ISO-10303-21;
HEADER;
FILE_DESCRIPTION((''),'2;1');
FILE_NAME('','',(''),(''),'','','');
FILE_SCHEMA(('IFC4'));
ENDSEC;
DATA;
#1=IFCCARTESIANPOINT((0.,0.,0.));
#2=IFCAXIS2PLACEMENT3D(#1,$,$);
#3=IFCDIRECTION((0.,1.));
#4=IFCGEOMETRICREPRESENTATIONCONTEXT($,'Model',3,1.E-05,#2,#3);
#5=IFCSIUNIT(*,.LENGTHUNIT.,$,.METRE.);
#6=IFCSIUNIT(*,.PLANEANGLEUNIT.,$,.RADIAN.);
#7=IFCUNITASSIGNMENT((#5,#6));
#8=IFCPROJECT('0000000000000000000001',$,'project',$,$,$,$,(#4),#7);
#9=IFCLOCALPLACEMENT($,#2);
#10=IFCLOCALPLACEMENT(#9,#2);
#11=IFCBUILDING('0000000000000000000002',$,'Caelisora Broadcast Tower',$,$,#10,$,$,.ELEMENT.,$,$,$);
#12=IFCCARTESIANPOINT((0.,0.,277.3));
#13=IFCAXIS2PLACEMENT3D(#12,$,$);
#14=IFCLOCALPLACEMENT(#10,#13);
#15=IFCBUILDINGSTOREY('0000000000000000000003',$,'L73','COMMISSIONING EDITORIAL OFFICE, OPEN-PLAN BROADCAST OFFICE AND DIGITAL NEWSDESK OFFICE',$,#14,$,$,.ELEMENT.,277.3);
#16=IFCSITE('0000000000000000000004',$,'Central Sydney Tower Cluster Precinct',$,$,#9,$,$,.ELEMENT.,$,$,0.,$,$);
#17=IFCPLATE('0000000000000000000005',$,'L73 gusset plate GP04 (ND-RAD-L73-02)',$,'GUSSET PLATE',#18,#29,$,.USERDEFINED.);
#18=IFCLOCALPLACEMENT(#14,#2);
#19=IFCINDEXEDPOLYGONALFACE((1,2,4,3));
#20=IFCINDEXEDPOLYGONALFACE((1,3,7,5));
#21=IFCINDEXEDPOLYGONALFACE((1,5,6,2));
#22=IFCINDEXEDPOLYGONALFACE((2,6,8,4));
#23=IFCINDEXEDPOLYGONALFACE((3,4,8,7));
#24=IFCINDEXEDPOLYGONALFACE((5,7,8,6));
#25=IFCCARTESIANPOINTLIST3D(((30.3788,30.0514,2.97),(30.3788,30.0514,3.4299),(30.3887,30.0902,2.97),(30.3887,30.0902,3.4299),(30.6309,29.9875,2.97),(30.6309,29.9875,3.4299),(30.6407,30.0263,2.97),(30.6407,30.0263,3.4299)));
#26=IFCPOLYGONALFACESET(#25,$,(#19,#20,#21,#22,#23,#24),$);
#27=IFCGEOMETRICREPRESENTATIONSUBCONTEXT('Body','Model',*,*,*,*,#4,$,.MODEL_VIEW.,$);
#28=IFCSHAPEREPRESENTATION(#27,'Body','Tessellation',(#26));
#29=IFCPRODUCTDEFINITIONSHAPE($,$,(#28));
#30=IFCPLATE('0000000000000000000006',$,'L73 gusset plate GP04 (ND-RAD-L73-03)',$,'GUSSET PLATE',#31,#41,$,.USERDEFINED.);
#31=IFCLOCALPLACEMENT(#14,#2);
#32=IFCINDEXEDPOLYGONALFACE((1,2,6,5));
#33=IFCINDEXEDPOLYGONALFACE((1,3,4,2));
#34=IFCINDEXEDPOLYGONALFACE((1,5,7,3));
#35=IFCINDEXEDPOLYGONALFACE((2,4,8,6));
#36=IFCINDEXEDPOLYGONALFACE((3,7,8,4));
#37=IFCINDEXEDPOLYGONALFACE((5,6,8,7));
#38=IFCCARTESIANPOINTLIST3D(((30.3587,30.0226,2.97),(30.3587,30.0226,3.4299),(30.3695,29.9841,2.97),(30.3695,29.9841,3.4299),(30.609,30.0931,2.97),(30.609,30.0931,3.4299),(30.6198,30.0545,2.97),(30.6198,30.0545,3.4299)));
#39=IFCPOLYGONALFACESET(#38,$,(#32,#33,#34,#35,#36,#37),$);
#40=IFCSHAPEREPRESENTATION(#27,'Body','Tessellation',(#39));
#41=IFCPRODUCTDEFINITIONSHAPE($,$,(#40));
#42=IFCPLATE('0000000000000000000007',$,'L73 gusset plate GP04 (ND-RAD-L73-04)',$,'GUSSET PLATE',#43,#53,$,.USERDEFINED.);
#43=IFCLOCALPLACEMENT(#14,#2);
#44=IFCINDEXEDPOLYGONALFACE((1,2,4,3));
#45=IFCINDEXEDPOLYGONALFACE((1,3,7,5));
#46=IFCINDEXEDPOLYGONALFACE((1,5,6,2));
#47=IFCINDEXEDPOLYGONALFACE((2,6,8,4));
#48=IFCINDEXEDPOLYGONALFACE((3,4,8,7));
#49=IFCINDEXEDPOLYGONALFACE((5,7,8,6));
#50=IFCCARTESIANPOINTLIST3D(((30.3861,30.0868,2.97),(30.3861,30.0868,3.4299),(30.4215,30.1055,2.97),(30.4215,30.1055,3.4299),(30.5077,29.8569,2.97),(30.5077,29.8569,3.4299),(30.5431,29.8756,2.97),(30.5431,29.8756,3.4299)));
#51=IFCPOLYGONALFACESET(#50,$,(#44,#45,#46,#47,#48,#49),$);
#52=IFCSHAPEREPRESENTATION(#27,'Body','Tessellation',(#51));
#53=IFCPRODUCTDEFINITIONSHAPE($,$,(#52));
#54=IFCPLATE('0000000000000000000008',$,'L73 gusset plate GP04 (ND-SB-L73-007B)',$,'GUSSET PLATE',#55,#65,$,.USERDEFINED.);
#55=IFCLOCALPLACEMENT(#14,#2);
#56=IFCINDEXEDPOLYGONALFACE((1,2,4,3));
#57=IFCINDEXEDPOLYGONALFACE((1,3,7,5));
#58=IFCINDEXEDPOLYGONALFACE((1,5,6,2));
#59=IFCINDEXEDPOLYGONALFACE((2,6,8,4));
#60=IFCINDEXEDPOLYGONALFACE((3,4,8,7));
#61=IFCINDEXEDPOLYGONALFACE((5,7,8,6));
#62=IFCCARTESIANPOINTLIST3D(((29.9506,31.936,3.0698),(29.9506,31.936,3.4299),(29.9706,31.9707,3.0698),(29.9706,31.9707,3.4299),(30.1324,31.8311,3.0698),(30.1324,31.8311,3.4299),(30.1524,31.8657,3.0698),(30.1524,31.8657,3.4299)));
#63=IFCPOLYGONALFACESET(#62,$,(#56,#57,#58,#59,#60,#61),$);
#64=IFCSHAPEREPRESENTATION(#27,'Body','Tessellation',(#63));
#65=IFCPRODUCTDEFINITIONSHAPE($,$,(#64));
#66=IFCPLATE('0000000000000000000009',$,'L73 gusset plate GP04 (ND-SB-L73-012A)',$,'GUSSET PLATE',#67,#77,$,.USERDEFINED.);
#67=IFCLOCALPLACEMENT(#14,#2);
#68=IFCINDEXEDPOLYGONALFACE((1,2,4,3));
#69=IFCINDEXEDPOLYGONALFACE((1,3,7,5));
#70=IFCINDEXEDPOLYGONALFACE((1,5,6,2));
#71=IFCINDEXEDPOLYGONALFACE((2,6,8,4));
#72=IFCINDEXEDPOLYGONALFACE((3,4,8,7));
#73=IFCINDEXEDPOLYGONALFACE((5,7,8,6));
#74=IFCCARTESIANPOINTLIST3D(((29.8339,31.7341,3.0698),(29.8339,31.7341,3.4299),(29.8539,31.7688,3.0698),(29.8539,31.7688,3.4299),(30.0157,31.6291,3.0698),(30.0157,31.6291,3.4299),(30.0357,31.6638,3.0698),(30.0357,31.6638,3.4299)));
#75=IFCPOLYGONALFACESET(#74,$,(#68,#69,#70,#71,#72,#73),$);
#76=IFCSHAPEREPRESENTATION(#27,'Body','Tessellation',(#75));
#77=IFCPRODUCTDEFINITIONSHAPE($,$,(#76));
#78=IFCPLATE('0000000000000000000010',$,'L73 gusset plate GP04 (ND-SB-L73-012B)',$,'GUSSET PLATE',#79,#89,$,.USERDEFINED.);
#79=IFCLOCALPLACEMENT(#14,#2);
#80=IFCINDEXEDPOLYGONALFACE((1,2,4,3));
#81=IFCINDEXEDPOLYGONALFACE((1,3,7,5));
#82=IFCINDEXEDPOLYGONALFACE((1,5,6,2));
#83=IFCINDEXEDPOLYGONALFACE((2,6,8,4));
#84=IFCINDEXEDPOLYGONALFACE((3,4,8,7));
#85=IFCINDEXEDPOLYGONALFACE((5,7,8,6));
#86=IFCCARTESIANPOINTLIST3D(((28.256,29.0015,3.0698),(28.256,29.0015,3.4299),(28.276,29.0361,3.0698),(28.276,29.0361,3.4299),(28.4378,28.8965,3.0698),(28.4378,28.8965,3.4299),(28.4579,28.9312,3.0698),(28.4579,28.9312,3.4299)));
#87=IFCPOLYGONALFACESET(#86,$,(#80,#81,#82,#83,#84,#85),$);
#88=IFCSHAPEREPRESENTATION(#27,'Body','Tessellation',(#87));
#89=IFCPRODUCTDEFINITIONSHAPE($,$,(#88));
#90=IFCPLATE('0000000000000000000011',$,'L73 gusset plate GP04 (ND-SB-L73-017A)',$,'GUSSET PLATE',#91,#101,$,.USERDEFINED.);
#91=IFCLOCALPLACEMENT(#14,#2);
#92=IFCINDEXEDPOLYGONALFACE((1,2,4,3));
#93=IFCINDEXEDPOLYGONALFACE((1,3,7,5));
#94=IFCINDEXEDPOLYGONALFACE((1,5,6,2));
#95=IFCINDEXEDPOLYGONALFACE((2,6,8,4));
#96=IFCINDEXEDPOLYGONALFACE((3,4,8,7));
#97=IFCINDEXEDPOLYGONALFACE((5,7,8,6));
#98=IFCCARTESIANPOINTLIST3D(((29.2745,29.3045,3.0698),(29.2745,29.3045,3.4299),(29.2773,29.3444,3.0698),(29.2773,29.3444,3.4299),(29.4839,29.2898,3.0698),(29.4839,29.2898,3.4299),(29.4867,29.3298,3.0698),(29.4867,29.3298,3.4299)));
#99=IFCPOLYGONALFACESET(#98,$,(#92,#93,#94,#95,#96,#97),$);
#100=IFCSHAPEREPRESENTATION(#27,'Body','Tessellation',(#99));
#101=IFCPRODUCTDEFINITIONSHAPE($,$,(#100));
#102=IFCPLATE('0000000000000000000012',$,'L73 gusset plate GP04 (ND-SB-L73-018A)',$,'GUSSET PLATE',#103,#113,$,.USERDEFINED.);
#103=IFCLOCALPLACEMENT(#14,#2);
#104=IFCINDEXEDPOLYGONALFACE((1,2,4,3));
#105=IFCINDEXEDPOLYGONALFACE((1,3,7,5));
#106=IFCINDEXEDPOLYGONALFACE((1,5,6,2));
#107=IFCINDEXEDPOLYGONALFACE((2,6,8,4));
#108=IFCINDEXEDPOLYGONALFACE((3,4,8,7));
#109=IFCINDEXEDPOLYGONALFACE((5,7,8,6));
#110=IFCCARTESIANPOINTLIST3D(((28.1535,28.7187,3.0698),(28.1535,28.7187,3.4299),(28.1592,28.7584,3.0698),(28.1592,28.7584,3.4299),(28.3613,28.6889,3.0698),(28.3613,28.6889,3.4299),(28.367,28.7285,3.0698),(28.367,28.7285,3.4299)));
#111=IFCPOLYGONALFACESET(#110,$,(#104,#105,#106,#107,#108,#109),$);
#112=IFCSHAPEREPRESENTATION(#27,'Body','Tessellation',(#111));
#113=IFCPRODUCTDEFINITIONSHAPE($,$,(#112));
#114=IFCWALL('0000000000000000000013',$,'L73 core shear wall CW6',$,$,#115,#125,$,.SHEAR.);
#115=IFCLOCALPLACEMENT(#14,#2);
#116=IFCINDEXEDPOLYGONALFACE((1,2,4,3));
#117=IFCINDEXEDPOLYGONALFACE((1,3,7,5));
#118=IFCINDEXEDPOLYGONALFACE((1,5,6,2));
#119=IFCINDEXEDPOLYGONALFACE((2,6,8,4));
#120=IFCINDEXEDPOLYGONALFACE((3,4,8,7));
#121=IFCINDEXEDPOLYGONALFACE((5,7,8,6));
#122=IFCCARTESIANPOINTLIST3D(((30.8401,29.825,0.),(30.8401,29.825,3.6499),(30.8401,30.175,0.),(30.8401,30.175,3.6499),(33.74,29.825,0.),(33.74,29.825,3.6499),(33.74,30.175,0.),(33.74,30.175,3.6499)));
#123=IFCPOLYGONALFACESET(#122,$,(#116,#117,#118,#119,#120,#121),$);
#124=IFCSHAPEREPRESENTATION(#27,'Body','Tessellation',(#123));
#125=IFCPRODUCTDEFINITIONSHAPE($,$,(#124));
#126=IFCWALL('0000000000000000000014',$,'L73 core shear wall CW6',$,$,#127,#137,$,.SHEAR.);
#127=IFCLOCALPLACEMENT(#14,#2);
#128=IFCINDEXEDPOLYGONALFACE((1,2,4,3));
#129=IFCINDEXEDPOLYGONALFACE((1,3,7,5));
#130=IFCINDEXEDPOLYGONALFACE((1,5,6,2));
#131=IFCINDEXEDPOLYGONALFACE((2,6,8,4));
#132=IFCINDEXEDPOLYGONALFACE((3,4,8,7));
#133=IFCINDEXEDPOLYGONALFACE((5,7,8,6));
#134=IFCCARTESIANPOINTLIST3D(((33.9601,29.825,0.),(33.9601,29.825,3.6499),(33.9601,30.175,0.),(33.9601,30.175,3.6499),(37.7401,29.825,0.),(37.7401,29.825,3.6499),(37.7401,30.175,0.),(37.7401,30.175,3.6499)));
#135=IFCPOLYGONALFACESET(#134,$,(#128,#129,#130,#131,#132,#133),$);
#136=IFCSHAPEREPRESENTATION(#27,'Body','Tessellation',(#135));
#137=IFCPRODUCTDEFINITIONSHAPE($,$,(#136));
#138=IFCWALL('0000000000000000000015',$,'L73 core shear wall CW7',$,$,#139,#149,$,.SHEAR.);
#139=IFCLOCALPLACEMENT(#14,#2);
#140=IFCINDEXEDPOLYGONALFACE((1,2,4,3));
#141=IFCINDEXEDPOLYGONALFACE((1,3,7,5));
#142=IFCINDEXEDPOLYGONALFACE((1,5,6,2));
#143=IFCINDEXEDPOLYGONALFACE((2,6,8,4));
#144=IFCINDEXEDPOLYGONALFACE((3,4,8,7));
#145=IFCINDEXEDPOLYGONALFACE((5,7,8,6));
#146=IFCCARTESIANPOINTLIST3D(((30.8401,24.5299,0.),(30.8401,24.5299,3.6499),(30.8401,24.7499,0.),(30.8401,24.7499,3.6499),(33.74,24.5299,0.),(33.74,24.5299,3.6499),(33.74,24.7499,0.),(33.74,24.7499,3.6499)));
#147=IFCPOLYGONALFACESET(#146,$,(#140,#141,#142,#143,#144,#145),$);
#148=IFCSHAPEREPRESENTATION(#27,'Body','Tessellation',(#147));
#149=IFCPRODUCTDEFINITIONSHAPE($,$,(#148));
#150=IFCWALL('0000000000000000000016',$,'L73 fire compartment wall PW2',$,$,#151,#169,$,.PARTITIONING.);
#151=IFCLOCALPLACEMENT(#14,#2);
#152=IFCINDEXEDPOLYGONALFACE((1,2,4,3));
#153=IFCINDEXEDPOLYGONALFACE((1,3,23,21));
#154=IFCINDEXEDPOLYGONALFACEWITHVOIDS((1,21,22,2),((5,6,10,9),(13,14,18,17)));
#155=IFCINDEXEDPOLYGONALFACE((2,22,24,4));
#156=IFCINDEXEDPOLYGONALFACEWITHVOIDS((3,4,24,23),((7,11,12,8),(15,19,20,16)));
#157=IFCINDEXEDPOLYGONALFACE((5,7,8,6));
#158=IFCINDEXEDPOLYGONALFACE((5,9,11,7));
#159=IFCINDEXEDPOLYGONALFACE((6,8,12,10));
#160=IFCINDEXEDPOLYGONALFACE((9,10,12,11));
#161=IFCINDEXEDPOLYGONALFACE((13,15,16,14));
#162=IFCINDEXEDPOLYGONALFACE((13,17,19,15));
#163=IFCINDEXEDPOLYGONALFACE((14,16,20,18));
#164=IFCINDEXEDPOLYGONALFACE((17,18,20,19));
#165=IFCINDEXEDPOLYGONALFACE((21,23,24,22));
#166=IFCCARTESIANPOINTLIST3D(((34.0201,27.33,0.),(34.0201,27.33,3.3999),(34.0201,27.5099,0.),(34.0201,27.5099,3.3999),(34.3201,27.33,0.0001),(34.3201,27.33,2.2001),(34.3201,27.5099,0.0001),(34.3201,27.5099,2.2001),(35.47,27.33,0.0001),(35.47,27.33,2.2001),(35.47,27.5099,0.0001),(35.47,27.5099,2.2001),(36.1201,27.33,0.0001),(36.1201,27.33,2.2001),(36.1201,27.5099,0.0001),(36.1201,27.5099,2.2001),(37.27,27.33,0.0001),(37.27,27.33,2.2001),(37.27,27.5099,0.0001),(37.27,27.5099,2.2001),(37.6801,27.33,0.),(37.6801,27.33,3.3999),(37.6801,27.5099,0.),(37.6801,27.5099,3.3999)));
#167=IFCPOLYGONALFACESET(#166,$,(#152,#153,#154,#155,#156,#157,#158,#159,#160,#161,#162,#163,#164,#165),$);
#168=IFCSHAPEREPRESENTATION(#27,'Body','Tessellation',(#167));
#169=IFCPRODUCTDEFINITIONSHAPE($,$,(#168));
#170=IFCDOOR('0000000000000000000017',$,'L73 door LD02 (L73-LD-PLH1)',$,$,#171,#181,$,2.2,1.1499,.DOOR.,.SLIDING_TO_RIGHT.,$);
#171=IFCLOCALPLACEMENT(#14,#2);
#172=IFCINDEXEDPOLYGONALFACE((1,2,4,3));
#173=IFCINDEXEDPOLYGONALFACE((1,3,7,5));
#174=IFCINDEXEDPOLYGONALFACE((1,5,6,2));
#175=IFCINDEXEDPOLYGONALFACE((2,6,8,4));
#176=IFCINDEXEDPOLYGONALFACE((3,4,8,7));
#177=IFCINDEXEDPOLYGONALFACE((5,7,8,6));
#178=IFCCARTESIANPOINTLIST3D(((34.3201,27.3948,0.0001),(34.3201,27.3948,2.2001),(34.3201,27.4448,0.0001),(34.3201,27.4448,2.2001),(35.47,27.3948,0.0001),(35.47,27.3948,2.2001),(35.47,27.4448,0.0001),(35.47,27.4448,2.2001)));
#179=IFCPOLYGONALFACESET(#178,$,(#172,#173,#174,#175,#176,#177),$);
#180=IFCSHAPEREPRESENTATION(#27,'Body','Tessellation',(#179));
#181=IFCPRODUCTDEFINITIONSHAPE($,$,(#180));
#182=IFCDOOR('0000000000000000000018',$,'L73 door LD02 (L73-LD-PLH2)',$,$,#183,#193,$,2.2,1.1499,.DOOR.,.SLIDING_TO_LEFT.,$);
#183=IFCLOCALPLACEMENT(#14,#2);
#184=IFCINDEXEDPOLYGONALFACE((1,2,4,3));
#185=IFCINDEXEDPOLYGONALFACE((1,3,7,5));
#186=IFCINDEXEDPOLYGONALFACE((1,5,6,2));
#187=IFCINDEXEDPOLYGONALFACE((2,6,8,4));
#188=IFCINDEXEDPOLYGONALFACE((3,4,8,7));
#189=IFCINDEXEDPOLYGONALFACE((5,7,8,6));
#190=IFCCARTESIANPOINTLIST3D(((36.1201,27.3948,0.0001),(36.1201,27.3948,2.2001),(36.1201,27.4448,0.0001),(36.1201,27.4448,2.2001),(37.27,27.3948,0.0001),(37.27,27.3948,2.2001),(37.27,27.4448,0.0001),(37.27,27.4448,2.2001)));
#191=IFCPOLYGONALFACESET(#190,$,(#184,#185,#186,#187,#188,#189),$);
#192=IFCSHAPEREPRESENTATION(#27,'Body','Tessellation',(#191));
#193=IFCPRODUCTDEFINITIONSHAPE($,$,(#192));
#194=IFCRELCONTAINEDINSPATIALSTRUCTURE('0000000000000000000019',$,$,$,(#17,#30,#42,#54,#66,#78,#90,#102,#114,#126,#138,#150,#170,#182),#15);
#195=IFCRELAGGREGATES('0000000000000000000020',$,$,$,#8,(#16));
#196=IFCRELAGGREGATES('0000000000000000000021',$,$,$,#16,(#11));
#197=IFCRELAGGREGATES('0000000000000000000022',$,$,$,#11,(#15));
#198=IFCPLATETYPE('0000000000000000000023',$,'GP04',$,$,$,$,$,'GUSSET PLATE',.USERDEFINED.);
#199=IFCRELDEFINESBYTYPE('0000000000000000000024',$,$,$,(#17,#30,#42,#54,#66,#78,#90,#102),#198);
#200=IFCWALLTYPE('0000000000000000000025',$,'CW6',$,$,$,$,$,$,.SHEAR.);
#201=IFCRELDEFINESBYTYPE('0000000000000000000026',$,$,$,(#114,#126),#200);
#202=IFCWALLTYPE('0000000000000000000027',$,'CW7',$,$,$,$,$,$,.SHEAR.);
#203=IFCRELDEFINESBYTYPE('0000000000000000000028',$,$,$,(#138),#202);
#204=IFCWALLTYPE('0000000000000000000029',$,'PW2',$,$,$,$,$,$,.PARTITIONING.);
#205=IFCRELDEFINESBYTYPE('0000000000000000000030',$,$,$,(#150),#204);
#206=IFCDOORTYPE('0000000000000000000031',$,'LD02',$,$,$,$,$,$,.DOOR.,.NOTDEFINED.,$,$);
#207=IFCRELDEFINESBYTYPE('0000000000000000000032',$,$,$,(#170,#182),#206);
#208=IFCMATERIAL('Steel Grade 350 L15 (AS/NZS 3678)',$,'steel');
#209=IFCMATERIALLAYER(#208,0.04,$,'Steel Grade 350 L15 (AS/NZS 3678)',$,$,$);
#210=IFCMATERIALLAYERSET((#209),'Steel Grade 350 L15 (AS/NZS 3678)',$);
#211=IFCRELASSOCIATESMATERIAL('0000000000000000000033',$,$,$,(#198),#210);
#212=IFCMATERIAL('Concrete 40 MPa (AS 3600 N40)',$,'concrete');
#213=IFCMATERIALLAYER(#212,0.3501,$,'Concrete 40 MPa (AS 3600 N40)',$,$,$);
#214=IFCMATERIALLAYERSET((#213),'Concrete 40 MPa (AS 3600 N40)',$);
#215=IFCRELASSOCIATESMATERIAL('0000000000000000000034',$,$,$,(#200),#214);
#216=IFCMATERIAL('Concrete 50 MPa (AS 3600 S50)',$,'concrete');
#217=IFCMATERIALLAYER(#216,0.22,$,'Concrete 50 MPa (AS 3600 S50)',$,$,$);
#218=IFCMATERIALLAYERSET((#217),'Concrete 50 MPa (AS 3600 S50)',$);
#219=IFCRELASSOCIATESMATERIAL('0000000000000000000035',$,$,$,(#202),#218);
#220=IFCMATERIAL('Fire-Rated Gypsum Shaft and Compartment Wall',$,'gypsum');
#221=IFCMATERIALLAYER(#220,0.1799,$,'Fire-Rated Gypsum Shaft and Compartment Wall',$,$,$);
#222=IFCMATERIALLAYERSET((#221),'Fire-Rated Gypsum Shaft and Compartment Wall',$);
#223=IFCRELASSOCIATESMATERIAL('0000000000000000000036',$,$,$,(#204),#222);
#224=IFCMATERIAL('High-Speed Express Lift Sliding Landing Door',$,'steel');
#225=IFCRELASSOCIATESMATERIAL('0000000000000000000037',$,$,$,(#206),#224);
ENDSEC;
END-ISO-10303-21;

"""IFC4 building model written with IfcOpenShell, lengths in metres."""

from ifc_helpers import new_model, si_unit, direction, frame, frame_2d, origin, origin_2d, place, context, subcontext, project, spatial, rectangle, extrude, source, transform, mapped, material, layer, layer_set, type_object, type_shapes, element, fill, save


model = new_model("IFC4")

# Units and contexts
model_context = context("Model", 3, precision=1e-05, world=origin(), true_north=direction((0.0, 1.0)))
body_context = subcontext(model_context, "Body", "Model", "MODEL_VIEW")
ifc_project = project(units=[si_unit("LENGTHUNIT", "METRE"), si_unit("PLANEANGLEUNIT", "RADIAN")], contexts=[model_context])

# Site, building, storey
site_placement = place(None, origin())
site = spatial("IfcSite", under=ifc_project, at=site_placement, Name="Central Sydney Tower Cluster Precinct", CompositionType="ELEMENT", RefElevation=0.0)
building_placement = place(site_placement, origin())
building = spatial("IfcBuilding", under=site, at=building_placement, Name="Caelisora Broadcast Tower", CompositionType="ELEMENT")
storey_placement = place(building_placement, frame((0.0, 0.0, 277.3)))
storey = spatial("IfcBuildingStorey", under=building, at=storey_placement, Name="L73", Description="COMMISSIONING EDITORIAL OFFICE, OPEN-PLAN BROADCAST OFFICE AND DIGITAL NEWSDESK OFFICE", CompositionType="ELEMENT", Elevation=277.3)

# Plates
ifc_material_1 = material(Name="Steel Grade 350 L15 (AS/NZS 3678)", Category="steel")
ifc_layer_1 = layer(ifc_material_1, 0.04, Name="Steel Grade 350 L15 (AS/NZS 3678)")
ifc_layer_set_1 = layer_set([ifc_layer_1], Name="Steel Grade 350 L15 (AS/NZS 3678)")
plate_type = type_object("IfcPlateType", Name="GP04", ElementType="GUSSET PLATE", PredefinedType="USERDEFINED", material=ifc_layer_set_1)
shared_shape_1 = source(origin(), body_context, "Body", "SweptSolid", [
    extrude(rectangle(XDim=0.26, YDim=0.04, at=origin_2d()), origin(), (0.0, 0.0, 1.0), 0.46),
])
for number, where, z_axis, x_axis, name in (
    (1, (30.5098, 30.0388, 2.97), (0.0, 0.0, 1.0), (-0.969317, 0.245815, 0.0), "L73 gusset plate GP04 (ND-RAD-L73-02)"),
    (2, (30.4893, 30.0386, 2.97), (0.0, 0.0, 1.0), (-0.96255, -0.271104, 0.0), "L73 gusset plate GP04 (ND-RAD-L73-03)"),
    (3, (30.4646, 29.9812, 2.97), (0.0, 0.0, 1.0), (0.467467, -0.884011, 0.0), "L73 gusset plate GP04 (ND-RAD-L73-04)"),
):
    element("IfcPlate", number, at=place(storey_placement, frame(where, z_axis=z_axis, x_axis=x_axis)), inside=storey, type_object=plate_type, Name=name, ObjectType="GUSSET PLATE", PredefinedType="USERDEFINED", context=body_context, shape_type="MappedRepresentation", body=[
        mapped(shared_shape_1, transform((0.0, 0.0, 0.0), scale=1.0)),
    ])
shared_shape_2 = source(origin(), body_context, "Body", "SweptSolid", [
    extrude(rectangle(XDim=0.21, YDim=0.04, at=origin_2d()), origin(), (0.0, 0.0, 1.0), 0.3601),
])
type_shapes(plate_type, [shared_shape_1, shared_shape_2])
for number, where, z_axis, x_axis, name in (
    (4, (30.0515, 31.9009, 3.0698), (0.0, 0.0, 1.0), (0.866025, -0.5, 0.0), "L73 gusset plate GP04 (ND-SB-L73-007B)"),
    (5, (29.9348, 31.699, 3.0698), (0.0, 0.0, 1.0), (0.866025, -0.5, 0.0), "L73 gusset plate GP04 (ND-SB-L73-012A)"),
    (6, (28.3569, 28.9663, 3.0698), (0.0, 0.0, 1.0), (0.866025, -0.5, 0.0), "L73 gusset plate GP04 (ND-SB-L73-012B)"),
    (7, (29.3806, 29.3171, 3.0698), (0.0, 0.0, 1.0), (0.997564, -0.069756, 0.0), "L73 gusset plate GP04 (ND-SB-L73-017A)"),
    (8, (28.2603, 28.7236, 3.0698), (0.0, 0.0, 1.0), (0.989851, -0.142111, 0.0), "L73 gusset plate GP04 (ND-SB-L73-018A)"),
):
    element("IfcPlate", number, at=place(storey_placement, frame(where, z_axis=z_axis, x_axis=x_axis)), inside=storey, type_object=plate_type, Name=name, ObjectType="GUSSET PLATE", PredefinedType="USERDEFINED", context=body_context, shape_type="MappedRepresentation", body=[
        mapped(shared_shape_2, transform((0.0, 0.0, 0.0), scale=1.0)),
    ])

# Walls
ifc_material_2 = material(Name="Concrete 40 MPa (AS 3600 N40)", Category="concrete")
ifc_layer_2 = layer(ifc_material_2, 0.3501, Name="Concrete 40 MPa (AS 3600 N40)")
ifc_layer_set_2 = layer_set([ifc_layer_2], Name="Concrete 40 MPa (AS 3600 N40)")
wall_type_1 = type_object("IfcWallType", Name="CW6", PredefinedType="SHEAR", material=ifc_layer_set_2)
wall_1_placement = place(storey_placement, frame((30.8401, 30.0, 0.0), z_axis=(0.0, 0.0, 1.0), x_axis=(1.0, 0.0, 0.0)))
element("IfcWall", 9, at=wall_1_placement, inside=storey, type_object=wall_type_1, Name="L73 core shear wall CW6", PredefinedType="SHEAR", context=body_context, shape_type="SweptSolid", body=[
    extrude(rectangle(XDim=2.8999, YDim=0.3501, at=frame_2d((1.45, 0.0))), origin(), (0.0, 0.0, 1.0), 3.6499),
])
wall_2_placement = place(storey_placement, frame((33.96, 30.0, 0.0), z_axis=(0.0, 0.0, 1.0), x_axis=(1.0, 0.0, 0.0)))
element("IfcWall", 10, at=wall_2_placement, inside=storey, type_object=wall_type_1, Name="L73 core shear wall CW6", PredefinedType="SHEAR", context=body_context, shape_type="SweptSolid", body=[
    extrude(rectangle(XDim=3.78, YDim=0.3501, at=frame_2d((1.8901, 0.0))), origin(), (0.0, 0.0, 1.0), 3.6499),
])
ifc_material_3 = material(Name="Concrete 50 MPa (AS 3600 S50)", Category="concrete")
ifc_layer_3 = layer(ifc_material_3, 0.22, Name="Concrete 50 MPa (AS 3600 S50)")
ifc_layer_set_3 = layer_set([ifc_layer_3], Name="Concrete 50 MPa (AS 3600 S50)")
wall_type_2 = type_object("IfcWallType", Name="CW7", PredefinedType="SHEAR", material=ifc_layer_set_3)
wall_3_placement = place(storey_placement, frame((30.8401, 24.6399, 0.0), z_axis=(0.0, 0.0, 1.0), x_axis=(1.0, 0.0, 0.0)))
element("IfcWall", 11, at=wall_3_placement, inside=storey, type_object=wall_type_2, Name="L73 core shear wall CW7", PredefinedType="SHEAR", context=body_context, shape_type="SweptSolid", body=[
    extrude(rectangle(XDim=2.8999, YDim=0.22, at=frame_2d((1.45, 0.0))), origin(), (0.0, 0.0, 1.0), 3.6499),
])

# Wall, openings, doors
ifc_material_4 = material(Name="Fire-Rated Gypsum Shaft and Compartment Wall", Category="gypsum")
ifc_layer_4 = layer(ifc_material_4, 0.1799, Name="Fire-Rated Gypsum Shaft and Compartment Wall")
ifc_layer_set_4 = layer_set([ifc_layer_4], Name="Fire-Rated Gypsum Shaft and Compartment Wall")
wall_type_3 = type_object("IfcWallType", Name="PW2", PredefinedType="PARTITIONING", material=ifc_layer_set_4)
wall_4_placement = place(storey_placement, frame((34.02, 27.4199, 0.0), z_axis=(0.0, 0.0, 1.0), x_axis=(1.0, 0.0, 0.0)))
wall_4 = element("IfcWall", 12, at=wall_4_placement, inside=storey, type_object=wall_type_3, Name="L73 fire compartment wall PW2", PredefinedType="PARTITIONING", context=body_context, shape_type="SweptSolid", body=[
    extrude(rectangle(XDim=3.6599, YDim=0.1799, at=frame_2d((1.8301, 0.0))), origin(), (0.0, 0.0, 1.0), 3.3999),
])
opening_1_placement = place(wall_4_placement, frame((0.3, 0.0, 0.0)))
opening_1 = element("IfcOpeningElement", 13, at=opening_1_placement, cuts=wall_4, PredefinedType="OPENING", context=body_context, shape_type="SweptSolid", body=[
    extrude(rectangle(XDim=1.1499, YDim=2.2, at=frame_2d((0.575, 1.1001))), frame((0.0, 0.1021, 0.0), z_axis=(0.0, -1.0, 0.0), x_axis=(1.0, 0.0, 0.0)), (0.0, 0.0, 1.0), 0.2039),
])
opening_2_placement = place(wall_4_placement, frame((2.1001, 0.0, 0.0)))
opening_2 = element("IfcOpeningElement", 14, at=opening_2_placement, cuts=wall_4, PredefinedType="OPENING", context=body_context, shape_type="SweptSolid", body=[
    extrude(rectangle(XDim=1.1499, YDim=2.2, at=frame_2d((0.575, 1.1001))), frame((0.0, 0.1021, 0.0), z_axis=(0.0, -1.0, 0.0), x_axis=(1.0, 0.0, 0.0)), (0.0, 0.0, 1.0), 0.2039),
])
ifc_material_5 = material(Name="High-Speed Express Lift Sliding Landing Door", Category="steel")
door_type = type_object("IfcDoorType", Name="LD02", OperationType="NOTDEFINED", PredefinedType="DOOR", material=ifc_material_5)
door_1_placement = place(opening_1_placement, origin())
door_1 = element("IfcDoor", 15, at=door_1_placement, inside=storey, type_object=door_type, Name="L73 door LD02 (L73-LD-PLH1)", OperationType="SLIDING_TO_RIGHT", OverallHeight=2.2, OverallWidth=1.1499, PredefinedType="DOOR", context=body_context, shape_type="SweptSolid", body=[
    extrude(rectangle(XDim=1.1499, YDim=2.2, at=frame_2d((0.575, 1.1001))), frame((0.0, 0.0249, 0.0), z_axis=(0.0, -1.0, 0.0), x_axis=(1.0, 0.0, 0.0)), (0.0, 0.0, 1.0), 0.05),
])
fill(opening_1, door_1)
door_2_placement = place(opening_2_placement, origin())
door_2 = element("IfcDoor", 16, at=door_2_placement, inside=storey, type_object=door_type, Name="L73 door LD02 (L73-LD-PLH2)", OperationType="SLIDING_TO_LEFT", OverallHeight=2.2, OverallWidth=1.1499, PredefinedType="DOOR", context=body_context, shape_type="SweptSolid", body=[
    extrude(rectangle(XDim=1.1499, YDim=2.2, at=frame_2d((0.575, 1.1001))), frame((0.0, 0.0249, 0.0), z_axis=(0.0, -1.0, 0.0), x_axis=(1.0, 0.0, 0.0)), (0.0, 0.0, 1.0), 0.05),
])
fill(opening_2, door_2)

save(model, "model.ifc")
